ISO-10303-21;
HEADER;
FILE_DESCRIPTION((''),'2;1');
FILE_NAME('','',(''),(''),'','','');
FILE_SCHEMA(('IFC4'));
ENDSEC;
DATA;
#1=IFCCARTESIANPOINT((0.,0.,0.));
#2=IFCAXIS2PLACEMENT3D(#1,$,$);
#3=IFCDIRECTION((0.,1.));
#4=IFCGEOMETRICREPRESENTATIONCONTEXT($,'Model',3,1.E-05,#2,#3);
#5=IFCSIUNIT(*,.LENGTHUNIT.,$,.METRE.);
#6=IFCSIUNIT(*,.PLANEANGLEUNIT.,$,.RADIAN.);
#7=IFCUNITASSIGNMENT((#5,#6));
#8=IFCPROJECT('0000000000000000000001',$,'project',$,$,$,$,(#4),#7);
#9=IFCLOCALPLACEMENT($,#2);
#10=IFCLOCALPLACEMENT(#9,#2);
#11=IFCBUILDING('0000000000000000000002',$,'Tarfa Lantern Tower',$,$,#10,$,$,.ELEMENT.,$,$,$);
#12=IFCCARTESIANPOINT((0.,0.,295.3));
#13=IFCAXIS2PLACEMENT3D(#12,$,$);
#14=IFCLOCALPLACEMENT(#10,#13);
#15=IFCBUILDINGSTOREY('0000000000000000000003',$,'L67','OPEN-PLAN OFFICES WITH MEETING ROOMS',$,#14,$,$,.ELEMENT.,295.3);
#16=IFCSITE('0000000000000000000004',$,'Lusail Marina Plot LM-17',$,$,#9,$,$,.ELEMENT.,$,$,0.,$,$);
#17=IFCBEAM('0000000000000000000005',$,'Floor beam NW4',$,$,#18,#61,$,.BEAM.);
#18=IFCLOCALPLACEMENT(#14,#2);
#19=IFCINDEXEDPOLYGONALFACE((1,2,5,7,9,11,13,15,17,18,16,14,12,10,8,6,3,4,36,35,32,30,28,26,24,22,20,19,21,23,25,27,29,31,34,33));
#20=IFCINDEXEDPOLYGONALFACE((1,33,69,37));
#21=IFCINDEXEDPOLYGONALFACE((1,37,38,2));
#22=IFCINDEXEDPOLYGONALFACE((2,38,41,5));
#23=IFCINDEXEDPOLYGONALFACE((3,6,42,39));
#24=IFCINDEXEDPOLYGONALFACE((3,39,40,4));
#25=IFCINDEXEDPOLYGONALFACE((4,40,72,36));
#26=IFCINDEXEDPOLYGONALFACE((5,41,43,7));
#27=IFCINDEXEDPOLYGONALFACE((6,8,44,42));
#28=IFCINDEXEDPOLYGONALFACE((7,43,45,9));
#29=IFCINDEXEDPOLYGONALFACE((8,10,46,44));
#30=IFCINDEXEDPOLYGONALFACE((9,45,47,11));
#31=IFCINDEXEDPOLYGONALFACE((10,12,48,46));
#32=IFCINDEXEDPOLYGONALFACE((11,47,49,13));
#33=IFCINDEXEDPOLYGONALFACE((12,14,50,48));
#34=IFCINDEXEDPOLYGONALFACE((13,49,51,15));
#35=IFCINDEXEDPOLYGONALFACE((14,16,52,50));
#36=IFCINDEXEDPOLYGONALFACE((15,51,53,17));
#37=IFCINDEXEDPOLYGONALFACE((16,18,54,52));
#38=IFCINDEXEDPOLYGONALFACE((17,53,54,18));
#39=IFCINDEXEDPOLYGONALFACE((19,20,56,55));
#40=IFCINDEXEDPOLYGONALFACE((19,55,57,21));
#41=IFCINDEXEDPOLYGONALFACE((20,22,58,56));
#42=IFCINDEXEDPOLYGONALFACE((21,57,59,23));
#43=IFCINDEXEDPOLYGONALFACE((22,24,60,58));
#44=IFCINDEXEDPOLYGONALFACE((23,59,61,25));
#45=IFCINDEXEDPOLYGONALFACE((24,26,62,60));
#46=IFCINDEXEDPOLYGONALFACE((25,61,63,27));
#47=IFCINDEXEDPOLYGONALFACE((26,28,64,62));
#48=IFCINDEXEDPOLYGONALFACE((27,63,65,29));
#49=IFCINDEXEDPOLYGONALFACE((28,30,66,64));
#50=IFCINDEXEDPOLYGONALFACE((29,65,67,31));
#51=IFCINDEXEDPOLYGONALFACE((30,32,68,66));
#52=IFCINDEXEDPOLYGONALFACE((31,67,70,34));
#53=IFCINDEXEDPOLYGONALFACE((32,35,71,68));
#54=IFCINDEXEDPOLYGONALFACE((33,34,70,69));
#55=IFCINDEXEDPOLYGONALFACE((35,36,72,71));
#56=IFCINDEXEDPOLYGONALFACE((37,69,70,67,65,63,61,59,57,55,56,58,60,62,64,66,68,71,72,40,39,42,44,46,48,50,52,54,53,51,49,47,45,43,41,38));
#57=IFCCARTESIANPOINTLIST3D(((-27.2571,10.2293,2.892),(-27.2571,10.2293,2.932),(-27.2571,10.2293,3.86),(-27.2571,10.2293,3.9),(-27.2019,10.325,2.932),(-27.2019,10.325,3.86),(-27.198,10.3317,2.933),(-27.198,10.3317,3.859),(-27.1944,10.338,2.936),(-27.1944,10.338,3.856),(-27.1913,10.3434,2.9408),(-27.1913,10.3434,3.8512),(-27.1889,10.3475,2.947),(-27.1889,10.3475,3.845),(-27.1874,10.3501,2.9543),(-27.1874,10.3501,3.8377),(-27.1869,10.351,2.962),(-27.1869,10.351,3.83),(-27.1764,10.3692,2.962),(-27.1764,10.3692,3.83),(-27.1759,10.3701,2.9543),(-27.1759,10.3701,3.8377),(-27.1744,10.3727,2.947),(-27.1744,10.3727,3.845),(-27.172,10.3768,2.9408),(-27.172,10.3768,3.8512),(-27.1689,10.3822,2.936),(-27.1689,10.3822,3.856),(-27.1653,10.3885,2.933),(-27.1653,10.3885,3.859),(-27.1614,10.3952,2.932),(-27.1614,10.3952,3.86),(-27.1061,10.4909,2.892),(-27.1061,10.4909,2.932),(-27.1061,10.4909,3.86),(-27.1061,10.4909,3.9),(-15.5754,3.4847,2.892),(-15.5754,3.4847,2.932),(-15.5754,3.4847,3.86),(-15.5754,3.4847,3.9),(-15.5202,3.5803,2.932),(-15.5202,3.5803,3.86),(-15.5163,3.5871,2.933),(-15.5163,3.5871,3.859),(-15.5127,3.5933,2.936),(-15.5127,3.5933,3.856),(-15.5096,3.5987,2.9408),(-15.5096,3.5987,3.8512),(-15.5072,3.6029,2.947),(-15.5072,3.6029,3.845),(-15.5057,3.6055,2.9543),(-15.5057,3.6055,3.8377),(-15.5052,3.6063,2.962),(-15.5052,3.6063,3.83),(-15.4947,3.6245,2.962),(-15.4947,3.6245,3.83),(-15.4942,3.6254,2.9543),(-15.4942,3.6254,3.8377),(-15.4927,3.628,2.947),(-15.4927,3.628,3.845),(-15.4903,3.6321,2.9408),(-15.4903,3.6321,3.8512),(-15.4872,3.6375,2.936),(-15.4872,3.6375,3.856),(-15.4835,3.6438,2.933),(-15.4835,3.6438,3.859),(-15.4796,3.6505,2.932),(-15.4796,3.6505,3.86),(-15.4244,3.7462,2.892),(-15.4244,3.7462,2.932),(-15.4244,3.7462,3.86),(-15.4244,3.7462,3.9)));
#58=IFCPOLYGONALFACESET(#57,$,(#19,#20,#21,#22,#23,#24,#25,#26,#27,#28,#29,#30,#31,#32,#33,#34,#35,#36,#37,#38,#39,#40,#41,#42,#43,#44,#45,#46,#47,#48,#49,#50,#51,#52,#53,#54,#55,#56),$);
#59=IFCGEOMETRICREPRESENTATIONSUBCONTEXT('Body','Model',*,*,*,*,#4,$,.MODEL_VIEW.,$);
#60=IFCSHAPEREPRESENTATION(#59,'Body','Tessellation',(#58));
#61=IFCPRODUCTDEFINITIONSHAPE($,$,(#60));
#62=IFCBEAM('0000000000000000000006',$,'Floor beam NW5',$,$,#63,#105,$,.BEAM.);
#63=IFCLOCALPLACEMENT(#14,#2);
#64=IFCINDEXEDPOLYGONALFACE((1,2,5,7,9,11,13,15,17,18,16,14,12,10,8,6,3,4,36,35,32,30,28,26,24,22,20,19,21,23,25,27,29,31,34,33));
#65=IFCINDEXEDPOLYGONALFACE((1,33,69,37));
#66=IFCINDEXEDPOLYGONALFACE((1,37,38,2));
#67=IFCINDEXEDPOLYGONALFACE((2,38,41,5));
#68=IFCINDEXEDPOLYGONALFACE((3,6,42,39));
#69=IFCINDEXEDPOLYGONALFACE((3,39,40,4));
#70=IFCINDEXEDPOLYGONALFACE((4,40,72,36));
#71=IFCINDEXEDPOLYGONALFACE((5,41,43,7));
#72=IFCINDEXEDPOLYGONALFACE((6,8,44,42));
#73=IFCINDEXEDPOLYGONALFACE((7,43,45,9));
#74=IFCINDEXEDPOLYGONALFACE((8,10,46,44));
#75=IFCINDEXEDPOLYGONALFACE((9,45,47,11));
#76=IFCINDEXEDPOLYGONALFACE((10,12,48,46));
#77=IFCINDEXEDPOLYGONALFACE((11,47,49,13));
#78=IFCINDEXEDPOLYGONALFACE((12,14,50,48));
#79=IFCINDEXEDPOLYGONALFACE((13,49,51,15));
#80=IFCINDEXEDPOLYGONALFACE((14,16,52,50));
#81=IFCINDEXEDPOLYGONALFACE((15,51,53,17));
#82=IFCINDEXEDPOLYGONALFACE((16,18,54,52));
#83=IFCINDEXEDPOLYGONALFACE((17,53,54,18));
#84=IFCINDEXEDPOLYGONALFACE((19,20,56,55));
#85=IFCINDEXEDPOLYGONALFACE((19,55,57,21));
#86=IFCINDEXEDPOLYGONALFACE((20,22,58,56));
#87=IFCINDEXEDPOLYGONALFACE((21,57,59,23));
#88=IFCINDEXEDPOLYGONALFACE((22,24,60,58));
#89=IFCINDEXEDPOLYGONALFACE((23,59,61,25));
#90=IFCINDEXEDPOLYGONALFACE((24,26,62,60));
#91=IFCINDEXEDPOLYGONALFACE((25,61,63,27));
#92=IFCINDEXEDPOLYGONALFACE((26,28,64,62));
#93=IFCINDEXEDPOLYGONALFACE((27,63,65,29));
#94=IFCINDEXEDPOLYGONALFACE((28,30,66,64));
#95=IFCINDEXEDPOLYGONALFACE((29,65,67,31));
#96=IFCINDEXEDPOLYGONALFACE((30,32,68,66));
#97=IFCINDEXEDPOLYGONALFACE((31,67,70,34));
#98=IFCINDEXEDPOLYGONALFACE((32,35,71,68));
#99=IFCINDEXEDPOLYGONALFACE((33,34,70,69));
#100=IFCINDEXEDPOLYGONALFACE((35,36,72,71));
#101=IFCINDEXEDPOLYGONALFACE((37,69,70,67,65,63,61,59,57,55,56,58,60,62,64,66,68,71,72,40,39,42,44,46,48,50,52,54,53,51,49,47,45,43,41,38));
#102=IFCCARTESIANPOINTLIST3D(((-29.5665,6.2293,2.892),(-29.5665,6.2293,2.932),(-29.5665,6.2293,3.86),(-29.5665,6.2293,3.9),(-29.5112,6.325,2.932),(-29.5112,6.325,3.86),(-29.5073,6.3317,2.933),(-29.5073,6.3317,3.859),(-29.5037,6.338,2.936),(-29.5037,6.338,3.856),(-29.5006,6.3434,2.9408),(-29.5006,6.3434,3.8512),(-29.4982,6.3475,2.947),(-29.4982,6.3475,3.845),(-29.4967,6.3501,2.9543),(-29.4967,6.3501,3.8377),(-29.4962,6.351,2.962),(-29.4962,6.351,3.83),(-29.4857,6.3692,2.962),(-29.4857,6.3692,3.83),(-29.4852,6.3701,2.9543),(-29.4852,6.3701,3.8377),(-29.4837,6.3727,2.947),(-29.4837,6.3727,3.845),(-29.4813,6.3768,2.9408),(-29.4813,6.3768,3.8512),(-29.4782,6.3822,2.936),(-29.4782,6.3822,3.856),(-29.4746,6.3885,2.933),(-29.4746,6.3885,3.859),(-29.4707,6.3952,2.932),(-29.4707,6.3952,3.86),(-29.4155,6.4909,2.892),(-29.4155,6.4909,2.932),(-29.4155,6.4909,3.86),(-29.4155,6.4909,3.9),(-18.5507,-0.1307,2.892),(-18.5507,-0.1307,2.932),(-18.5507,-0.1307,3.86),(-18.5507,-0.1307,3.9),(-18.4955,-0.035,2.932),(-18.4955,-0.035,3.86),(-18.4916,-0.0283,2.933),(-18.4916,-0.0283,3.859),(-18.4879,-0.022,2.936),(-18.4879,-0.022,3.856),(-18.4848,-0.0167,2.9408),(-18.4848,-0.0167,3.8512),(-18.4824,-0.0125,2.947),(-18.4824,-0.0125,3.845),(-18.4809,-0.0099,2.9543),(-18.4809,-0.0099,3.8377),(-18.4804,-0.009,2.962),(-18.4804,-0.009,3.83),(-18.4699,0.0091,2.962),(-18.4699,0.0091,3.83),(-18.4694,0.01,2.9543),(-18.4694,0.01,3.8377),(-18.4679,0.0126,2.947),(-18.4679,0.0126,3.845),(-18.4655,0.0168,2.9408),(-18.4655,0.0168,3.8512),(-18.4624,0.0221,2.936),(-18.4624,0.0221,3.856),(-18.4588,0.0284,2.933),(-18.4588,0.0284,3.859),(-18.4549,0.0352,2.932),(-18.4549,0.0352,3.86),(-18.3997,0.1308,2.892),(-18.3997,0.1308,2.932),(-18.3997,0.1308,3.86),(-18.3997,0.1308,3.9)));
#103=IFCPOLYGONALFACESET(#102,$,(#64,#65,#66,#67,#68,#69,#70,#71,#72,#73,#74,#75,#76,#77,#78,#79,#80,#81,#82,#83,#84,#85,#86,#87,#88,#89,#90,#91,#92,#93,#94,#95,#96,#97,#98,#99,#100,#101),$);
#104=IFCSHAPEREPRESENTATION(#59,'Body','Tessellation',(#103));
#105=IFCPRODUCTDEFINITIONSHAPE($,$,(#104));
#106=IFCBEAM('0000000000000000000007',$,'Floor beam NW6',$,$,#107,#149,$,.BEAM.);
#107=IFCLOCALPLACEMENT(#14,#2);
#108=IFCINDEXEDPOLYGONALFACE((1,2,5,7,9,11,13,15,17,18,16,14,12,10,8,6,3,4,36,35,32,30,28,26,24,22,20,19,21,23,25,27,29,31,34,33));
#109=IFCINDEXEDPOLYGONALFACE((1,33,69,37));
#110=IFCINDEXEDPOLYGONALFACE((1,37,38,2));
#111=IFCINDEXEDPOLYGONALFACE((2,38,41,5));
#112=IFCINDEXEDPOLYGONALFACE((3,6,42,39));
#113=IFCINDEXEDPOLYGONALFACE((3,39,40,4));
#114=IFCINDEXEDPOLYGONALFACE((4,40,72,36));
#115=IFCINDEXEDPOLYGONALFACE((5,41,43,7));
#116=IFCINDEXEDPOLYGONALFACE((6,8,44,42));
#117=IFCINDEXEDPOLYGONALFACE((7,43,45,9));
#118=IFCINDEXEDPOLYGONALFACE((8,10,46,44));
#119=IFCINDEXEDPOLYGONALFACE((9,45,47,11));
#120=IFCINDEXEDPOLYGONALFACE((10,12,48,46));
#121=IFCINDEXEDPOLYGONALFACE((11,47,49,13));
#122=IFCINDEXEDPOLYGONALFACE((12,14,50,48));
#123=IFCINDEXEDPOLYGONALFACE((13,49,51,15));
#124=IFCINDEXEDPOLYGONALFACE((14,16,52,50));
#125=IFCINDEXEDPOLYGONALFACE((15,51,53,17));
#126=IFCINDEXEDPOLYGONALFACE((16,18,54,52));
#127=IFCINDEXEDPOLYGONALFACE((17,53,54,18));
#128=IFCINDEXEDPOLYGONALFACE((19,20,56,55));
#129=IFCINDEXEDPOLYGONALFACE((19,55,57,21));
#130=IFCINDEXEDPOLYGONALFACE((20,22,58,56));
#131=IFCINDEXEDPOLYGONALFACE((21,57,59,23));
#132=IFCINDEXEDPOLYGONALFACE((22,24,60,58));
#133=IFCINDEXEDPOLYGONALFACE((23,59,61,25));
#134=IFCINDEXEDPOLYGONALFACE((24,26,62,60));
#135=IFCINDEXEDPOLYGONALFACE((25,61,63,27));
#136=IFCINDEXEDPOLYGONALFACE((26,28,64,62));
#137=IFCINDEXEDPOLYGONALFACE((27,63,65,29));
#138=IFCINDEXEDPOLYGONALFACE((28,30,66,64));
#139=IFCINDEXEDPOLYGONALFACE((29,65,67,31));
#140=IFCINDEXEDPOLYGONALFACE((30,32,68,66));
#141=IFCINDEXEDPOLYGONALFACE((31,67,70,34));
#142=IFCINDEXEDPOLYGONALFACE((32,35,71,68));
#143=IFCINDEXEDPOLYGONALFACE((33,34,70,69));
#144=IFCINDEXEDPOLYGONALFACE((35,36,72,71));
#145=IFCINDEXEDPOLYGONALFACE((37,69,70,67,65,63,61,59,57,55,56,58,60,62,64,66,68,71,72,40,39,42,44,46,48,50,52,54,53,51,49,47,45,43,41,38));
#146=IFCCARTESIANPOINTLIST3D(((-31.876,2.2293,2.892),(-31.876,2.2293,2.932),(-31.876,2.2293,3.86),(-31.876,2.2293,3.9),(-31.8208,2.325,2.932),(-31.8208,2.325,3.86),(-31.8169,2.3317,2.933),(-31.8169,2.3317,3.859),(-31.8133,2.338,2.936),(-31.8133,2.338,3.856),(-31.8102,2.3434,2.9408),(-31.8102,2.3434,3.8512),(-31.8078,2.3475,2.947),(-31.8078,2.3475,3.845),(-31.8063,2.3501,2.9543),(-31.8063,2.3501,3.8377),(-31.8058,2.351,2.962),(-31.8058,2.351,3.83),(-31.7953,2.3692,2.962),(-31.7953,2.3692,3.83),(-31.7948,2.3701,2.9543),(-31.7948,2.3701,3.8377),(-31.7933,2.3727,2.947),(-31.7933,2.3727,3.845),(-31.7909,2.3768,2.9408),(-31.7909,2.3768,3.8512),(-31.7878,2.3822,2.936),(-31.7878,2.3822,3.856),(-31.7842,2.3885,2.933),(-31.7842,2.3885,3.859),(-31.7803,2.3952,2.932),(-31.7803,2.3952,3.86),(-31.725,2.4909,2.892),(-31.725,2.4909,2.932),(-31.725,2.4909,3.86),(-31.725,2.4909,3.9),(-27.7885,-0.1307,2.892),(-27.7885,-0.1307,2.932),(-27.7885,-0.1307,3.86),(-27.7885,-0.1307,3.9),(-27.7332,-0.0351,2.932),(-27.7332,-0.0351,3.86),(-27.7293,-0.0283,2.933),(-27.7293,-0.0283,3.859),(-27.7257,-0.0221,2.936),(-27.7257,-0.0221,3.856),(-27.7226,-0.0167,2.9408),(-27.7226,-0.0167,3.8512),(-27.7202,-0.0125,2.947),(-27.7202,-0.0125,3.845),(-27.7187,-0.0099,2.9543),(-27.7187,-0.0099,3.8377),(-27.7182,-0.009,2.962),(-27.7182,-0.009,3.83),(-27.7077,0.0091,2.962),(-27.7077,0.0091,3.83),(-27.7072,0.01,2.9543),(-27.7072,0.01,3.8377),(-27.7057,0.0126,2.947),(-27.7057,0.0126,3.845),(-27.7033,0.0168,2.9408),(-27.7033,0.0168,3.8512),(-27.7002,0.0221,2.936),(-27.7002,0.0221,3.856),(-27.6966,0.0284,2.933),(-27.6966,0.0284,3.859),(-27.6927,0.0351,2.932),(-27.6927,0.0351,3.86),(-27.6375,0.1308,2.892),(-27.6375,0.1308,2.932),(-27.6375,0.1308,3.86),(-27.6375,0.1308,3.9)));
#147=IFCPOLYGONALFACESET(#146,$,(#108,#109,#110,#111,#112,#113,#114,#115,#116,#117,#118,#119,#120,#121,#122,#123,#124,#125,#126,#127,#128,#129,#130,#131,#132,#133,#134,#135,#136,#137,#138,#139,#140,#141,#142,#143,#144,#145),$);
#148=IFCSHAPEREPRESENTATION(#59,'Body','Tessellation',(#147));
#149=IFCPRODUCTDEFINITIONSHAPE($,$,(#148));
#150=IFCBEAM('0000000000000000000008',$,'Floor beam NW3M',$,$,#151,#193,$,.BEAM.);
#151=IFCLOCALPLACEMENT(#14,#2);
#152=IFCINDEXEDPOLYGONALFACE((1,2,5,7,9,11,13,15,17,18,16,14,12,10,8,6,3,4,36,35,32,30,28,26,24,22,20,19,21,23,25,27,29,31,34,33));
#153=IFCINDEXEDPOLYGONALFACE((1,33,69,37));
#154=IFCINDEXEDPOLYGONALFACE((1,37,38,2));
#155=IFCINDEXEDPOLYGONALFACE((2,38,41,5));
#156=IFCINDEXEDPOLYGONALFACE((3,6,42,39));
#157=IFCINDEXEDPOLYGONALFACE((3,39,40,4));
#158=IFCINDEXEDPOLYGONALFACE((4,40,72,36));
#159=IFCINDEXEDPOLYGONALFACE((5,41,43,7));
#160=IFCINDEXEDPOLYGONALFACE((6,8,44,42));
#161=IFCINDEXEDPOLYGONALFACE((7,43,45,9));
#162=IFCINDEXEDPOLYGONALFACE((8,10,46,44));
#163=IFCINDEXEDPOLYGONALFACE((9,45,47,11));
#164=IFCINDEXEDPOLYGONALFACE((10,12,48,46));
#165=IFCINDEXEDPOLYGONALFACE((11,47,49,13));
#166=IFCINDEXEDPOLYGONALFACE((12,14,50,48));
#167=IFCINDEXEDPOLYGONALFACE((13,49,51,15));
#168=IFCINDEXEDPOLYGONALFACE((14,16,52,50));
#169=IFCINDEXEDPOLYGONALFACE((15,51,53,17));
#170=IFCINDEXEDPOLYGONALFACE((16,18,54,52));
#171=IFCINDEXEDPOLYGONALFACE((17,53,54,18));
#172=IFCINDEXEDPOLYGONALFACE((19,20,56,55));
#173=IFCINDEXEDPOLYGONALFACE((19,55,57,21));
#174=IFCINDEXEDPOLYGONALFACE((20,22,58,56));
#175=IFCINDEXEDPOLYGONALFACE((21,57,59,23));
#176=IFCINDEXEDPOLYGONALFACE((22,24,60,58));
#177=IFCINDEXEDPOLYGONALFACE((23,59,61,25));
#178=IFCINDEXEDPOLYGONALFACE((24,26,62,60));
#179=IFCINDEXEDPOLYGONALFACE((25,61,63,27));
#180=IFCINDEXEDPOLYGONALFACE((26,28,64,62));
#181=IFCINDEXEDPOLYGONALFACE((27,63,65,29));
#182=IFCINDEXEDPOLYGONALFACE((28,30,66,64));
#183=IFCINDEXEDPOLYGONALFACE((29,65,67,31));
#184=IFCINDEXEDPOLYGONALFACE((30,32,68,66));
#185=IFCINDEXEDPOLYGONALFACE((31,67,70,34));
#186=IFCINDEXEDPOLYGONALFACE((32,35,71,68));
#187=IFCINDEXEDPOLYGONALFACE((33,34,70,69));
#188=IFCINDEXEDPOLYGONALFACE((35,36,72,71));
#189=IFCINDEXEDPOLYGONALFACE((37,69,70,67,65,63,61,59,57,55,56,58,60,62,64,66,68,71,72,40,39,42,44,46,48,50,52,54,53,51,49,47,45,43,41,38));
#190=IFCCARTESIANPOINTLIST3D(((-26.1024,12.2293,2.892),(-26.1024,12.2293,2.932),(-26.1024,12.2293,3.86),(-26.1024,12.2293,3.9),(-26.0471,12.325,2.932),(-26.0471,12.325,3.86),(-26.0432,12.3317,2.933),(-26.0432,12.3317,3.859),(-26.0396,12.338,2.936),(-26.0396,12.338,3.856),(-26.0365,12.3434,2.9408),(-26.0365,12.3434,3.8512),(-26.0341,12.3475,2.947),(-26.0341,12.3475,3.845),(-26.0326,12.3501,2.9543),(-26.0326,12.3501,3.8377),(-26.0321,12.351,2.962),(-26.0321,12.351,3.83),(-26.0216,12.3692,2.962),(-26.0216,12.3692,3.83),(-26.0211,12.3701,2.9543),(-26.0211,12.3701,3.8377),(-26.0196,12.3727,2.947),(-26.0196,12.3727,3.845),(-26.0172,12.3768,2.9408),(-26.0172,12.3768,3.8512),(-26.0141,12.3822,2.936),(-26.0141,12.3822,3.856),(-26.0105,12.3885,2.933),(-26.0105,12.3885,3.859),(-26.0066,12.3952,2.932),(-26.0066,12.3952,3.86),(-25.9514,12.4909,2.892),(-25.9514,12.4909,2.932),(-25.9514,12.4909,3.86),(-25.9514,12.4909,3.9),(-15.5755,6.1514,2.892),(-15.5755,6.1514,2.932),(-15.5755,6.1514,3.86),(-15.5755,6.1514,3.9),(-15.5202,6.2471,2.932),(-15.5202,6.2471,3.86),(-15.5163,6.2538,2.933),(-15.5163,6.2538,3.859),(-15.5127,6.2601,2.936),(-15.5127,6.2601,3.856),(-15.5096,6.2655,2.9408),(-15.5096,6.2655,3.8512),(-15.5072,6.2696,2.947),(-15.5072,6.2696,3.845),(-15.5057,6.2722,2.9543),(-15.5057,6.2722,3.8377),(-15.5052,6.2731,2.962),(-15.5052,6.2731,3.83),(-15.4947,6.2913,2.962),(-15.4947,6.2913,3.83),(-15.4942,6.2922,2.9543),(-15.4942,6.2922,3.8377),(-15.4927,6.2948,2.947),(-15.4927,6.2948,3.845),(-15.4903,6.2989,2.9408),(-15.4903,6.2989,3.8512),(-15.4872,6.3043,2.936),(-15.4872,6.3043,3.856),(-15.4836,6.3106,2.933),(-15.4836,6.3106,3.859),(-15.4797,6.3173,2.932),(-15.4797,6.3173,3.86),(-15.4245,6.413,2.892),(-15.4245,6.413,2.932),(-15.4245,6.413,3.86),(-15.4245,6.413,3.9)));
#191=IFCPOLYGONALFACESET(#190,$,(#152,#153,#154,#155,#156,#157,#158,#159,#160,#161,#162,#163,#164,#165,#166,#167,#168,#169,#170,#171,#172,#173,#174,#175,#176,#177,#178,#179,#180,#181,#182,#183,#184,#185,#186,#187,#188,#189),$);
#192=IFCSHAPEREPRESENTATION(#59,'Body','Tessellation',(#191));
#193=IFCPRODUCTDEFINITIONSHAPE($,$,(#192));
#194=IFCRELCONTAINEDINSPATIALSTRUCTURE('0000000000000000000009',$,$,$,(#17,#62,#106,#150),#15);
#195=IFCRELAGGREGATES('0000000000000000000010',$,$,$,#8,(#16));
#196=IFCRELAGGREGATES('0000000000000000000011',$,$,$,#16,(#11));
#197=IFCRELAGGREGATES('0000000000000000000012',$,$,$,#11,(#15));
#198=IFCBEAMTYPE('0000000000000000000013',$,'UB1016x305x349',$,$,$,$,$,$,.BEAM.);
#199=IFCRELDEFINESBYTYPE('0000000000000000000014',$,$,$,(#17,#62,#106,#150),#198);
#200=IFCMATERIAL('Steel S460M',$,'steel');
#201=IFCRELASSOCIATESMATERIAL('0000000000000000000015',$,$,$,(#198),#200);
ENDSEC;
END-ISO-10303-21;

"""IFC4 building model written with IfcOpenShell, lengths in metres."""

from ifc_helpers import new_model, si_unit, direction, frame, origin, origin_2d, place, context, subcontext, project, spatial, i_section, extrude, material, material_profile, profile_set, type_object, element, save


model = new_model("IFC4")

# Units and contexts
model_context = context("Model", 3, precision=1e-05, world=origin(), true_north=direction((0.0, 1.0)))
body_context = subcontext(model_context, "Body", "Model", "MODEL_VIEW")
ifc_project = project(units=[si_unit("LENGTHUNIT", "METRE"), si_unit("PLANEANGLEUNIT", "RADIAN")], contexts=[model_context])

# Site, building, storey
site_placement = place(None, origin())
site = spatial("IfcSite", under=ifc_project, at=site_placement, Name="Lusail Marina Plot LM-17", CompositionType="ELEMENT", RefElevation=0.0)
building_placement = place(site_placement, origin())
building = spatial("IfcBuilding", under=site, at=building_placement, Name="Tarfa Lantern Tower", CompositionType="ELEMENT")
storey_placement = place(building_placement, frame((0.0, 0.0, 295.3)))
storey = spatial("IfcBuildingStorey", under=building, at=storey_placement, Name="L67", Description="OPEN-PLAN OFFICES WITH MEETING ROOMS", CompositionType="ELEMENT", Elevation=295.3)

# Beams
ifc_material_1 = material(Name="Steel S460M", Category="steel")
ifc_material_profile_1 = material_profile(ifc_material_1, i_section(OverallWidth=0.302, OverallDepth=1.0081, WebThickness=0.021, FlangeThickness=0.04, FilletRadius=0.03, at=origin_2d()), Name="UB1016x305x349")
ifc_profile_set_1 = profile_set([ifc_material_profile_1], Name="Steel S460M")
beam_type_1 = type_object("IfcBeamType", Name="UB1016x305x349", PredefinedType="BEAM", material=ifc_profile_set_1)
beam_1_placement = place(storey_placement, frame((-27.1816, 10.3601, 3.396), z_axis=(0.866018, -0.500013, 0.0), x_axis=(0.500013, 0.866018, 0.0)))
element("IfcBeam", 1, at=beam_1_placement, inside=storey, type_object=beam_type_1, Name="Floor beam NW4", PredefinedType="BEAM", context=body_context, shape_type="SweptSolid", body=[
    extrude(i_section(OverallWidth=0.302, OverallDepth=1.0081, WebThickness=0.021, FlangeThickness=0.04, FilletRadius=0.03, at=origin_2d()), origin(), (0.0, 0.0, 1.0), 13.489),
])
beam_2_placement = place(storey_placement, frame((-29.491, 6.3601, 3.396), z_axis=(0.866022, -0.500005, 0.0), x_axis=(0.500005, 0.866022, 0.0)))
element("IfcBeam", 2, at=beam_2_placement, inside=storey, type_object=beam_type_1, Name="Floor beam NW5", PredefinedType="BEAM", context=body_context, shape_type="SweptSolid", body=[
    extrude(i_section(OverallWidth=0.302, OverallDepth=1.0081, WebThickness=0.021, FlangeThickness=0.04, FilletRadius=0.03, at=origin_2d()), origin(), (0.0, 0.0, 1.0), 12.72),
])
beam_3_placement = place(storey_placement, frame((-31.8005, 2.3601, 3.396), z_axis=(0.866016, -0.500016, 0.0), x_axis=(0.500016, 0.866016, 0.0)))
element("IfcBeam", 3, at=beam_3_placement, inside=storey, type_object=beam_type_1, Name="Floor beam NW6", PredefinedType="BEAM", context=body_context, shape_type="SweptSolid", body=[
    extrude(i_section(OverallWidth=0.302, OverallDepth=1.0081, WebThickness=0.021, FlangeThickness=0.04, FilletRadius=0.03, at=origin_2d()), origin(), (0.0, 0.0, 1.0), 4.72),
])
beam_4_placement = place(storey_placement, frame((-26.0269, 12.3601, 3.396), z_axis=(0.866018, -0.500012, 0.0), x_axis=(0.500012, 0.866018, 0.0)))
element("IfcBeam", 4, at=beam_4_placement, inside=storey, type_object=beam_type_1, Name="Floor beam NW3M", PredefinedType="BEAM", context=body_context, shape_type="SweptSolid", body=[
    extrude(i_section(OverallWidth=0.302, OverallDepth=1.0081, WebThickness=0.021, FlangeThickness=0.04, FilletRadius=0.03, at=origin_2d()), origin(), (0.0, 0.0, 1.0), 12.1555),
])

save(model, "model.ifc")
